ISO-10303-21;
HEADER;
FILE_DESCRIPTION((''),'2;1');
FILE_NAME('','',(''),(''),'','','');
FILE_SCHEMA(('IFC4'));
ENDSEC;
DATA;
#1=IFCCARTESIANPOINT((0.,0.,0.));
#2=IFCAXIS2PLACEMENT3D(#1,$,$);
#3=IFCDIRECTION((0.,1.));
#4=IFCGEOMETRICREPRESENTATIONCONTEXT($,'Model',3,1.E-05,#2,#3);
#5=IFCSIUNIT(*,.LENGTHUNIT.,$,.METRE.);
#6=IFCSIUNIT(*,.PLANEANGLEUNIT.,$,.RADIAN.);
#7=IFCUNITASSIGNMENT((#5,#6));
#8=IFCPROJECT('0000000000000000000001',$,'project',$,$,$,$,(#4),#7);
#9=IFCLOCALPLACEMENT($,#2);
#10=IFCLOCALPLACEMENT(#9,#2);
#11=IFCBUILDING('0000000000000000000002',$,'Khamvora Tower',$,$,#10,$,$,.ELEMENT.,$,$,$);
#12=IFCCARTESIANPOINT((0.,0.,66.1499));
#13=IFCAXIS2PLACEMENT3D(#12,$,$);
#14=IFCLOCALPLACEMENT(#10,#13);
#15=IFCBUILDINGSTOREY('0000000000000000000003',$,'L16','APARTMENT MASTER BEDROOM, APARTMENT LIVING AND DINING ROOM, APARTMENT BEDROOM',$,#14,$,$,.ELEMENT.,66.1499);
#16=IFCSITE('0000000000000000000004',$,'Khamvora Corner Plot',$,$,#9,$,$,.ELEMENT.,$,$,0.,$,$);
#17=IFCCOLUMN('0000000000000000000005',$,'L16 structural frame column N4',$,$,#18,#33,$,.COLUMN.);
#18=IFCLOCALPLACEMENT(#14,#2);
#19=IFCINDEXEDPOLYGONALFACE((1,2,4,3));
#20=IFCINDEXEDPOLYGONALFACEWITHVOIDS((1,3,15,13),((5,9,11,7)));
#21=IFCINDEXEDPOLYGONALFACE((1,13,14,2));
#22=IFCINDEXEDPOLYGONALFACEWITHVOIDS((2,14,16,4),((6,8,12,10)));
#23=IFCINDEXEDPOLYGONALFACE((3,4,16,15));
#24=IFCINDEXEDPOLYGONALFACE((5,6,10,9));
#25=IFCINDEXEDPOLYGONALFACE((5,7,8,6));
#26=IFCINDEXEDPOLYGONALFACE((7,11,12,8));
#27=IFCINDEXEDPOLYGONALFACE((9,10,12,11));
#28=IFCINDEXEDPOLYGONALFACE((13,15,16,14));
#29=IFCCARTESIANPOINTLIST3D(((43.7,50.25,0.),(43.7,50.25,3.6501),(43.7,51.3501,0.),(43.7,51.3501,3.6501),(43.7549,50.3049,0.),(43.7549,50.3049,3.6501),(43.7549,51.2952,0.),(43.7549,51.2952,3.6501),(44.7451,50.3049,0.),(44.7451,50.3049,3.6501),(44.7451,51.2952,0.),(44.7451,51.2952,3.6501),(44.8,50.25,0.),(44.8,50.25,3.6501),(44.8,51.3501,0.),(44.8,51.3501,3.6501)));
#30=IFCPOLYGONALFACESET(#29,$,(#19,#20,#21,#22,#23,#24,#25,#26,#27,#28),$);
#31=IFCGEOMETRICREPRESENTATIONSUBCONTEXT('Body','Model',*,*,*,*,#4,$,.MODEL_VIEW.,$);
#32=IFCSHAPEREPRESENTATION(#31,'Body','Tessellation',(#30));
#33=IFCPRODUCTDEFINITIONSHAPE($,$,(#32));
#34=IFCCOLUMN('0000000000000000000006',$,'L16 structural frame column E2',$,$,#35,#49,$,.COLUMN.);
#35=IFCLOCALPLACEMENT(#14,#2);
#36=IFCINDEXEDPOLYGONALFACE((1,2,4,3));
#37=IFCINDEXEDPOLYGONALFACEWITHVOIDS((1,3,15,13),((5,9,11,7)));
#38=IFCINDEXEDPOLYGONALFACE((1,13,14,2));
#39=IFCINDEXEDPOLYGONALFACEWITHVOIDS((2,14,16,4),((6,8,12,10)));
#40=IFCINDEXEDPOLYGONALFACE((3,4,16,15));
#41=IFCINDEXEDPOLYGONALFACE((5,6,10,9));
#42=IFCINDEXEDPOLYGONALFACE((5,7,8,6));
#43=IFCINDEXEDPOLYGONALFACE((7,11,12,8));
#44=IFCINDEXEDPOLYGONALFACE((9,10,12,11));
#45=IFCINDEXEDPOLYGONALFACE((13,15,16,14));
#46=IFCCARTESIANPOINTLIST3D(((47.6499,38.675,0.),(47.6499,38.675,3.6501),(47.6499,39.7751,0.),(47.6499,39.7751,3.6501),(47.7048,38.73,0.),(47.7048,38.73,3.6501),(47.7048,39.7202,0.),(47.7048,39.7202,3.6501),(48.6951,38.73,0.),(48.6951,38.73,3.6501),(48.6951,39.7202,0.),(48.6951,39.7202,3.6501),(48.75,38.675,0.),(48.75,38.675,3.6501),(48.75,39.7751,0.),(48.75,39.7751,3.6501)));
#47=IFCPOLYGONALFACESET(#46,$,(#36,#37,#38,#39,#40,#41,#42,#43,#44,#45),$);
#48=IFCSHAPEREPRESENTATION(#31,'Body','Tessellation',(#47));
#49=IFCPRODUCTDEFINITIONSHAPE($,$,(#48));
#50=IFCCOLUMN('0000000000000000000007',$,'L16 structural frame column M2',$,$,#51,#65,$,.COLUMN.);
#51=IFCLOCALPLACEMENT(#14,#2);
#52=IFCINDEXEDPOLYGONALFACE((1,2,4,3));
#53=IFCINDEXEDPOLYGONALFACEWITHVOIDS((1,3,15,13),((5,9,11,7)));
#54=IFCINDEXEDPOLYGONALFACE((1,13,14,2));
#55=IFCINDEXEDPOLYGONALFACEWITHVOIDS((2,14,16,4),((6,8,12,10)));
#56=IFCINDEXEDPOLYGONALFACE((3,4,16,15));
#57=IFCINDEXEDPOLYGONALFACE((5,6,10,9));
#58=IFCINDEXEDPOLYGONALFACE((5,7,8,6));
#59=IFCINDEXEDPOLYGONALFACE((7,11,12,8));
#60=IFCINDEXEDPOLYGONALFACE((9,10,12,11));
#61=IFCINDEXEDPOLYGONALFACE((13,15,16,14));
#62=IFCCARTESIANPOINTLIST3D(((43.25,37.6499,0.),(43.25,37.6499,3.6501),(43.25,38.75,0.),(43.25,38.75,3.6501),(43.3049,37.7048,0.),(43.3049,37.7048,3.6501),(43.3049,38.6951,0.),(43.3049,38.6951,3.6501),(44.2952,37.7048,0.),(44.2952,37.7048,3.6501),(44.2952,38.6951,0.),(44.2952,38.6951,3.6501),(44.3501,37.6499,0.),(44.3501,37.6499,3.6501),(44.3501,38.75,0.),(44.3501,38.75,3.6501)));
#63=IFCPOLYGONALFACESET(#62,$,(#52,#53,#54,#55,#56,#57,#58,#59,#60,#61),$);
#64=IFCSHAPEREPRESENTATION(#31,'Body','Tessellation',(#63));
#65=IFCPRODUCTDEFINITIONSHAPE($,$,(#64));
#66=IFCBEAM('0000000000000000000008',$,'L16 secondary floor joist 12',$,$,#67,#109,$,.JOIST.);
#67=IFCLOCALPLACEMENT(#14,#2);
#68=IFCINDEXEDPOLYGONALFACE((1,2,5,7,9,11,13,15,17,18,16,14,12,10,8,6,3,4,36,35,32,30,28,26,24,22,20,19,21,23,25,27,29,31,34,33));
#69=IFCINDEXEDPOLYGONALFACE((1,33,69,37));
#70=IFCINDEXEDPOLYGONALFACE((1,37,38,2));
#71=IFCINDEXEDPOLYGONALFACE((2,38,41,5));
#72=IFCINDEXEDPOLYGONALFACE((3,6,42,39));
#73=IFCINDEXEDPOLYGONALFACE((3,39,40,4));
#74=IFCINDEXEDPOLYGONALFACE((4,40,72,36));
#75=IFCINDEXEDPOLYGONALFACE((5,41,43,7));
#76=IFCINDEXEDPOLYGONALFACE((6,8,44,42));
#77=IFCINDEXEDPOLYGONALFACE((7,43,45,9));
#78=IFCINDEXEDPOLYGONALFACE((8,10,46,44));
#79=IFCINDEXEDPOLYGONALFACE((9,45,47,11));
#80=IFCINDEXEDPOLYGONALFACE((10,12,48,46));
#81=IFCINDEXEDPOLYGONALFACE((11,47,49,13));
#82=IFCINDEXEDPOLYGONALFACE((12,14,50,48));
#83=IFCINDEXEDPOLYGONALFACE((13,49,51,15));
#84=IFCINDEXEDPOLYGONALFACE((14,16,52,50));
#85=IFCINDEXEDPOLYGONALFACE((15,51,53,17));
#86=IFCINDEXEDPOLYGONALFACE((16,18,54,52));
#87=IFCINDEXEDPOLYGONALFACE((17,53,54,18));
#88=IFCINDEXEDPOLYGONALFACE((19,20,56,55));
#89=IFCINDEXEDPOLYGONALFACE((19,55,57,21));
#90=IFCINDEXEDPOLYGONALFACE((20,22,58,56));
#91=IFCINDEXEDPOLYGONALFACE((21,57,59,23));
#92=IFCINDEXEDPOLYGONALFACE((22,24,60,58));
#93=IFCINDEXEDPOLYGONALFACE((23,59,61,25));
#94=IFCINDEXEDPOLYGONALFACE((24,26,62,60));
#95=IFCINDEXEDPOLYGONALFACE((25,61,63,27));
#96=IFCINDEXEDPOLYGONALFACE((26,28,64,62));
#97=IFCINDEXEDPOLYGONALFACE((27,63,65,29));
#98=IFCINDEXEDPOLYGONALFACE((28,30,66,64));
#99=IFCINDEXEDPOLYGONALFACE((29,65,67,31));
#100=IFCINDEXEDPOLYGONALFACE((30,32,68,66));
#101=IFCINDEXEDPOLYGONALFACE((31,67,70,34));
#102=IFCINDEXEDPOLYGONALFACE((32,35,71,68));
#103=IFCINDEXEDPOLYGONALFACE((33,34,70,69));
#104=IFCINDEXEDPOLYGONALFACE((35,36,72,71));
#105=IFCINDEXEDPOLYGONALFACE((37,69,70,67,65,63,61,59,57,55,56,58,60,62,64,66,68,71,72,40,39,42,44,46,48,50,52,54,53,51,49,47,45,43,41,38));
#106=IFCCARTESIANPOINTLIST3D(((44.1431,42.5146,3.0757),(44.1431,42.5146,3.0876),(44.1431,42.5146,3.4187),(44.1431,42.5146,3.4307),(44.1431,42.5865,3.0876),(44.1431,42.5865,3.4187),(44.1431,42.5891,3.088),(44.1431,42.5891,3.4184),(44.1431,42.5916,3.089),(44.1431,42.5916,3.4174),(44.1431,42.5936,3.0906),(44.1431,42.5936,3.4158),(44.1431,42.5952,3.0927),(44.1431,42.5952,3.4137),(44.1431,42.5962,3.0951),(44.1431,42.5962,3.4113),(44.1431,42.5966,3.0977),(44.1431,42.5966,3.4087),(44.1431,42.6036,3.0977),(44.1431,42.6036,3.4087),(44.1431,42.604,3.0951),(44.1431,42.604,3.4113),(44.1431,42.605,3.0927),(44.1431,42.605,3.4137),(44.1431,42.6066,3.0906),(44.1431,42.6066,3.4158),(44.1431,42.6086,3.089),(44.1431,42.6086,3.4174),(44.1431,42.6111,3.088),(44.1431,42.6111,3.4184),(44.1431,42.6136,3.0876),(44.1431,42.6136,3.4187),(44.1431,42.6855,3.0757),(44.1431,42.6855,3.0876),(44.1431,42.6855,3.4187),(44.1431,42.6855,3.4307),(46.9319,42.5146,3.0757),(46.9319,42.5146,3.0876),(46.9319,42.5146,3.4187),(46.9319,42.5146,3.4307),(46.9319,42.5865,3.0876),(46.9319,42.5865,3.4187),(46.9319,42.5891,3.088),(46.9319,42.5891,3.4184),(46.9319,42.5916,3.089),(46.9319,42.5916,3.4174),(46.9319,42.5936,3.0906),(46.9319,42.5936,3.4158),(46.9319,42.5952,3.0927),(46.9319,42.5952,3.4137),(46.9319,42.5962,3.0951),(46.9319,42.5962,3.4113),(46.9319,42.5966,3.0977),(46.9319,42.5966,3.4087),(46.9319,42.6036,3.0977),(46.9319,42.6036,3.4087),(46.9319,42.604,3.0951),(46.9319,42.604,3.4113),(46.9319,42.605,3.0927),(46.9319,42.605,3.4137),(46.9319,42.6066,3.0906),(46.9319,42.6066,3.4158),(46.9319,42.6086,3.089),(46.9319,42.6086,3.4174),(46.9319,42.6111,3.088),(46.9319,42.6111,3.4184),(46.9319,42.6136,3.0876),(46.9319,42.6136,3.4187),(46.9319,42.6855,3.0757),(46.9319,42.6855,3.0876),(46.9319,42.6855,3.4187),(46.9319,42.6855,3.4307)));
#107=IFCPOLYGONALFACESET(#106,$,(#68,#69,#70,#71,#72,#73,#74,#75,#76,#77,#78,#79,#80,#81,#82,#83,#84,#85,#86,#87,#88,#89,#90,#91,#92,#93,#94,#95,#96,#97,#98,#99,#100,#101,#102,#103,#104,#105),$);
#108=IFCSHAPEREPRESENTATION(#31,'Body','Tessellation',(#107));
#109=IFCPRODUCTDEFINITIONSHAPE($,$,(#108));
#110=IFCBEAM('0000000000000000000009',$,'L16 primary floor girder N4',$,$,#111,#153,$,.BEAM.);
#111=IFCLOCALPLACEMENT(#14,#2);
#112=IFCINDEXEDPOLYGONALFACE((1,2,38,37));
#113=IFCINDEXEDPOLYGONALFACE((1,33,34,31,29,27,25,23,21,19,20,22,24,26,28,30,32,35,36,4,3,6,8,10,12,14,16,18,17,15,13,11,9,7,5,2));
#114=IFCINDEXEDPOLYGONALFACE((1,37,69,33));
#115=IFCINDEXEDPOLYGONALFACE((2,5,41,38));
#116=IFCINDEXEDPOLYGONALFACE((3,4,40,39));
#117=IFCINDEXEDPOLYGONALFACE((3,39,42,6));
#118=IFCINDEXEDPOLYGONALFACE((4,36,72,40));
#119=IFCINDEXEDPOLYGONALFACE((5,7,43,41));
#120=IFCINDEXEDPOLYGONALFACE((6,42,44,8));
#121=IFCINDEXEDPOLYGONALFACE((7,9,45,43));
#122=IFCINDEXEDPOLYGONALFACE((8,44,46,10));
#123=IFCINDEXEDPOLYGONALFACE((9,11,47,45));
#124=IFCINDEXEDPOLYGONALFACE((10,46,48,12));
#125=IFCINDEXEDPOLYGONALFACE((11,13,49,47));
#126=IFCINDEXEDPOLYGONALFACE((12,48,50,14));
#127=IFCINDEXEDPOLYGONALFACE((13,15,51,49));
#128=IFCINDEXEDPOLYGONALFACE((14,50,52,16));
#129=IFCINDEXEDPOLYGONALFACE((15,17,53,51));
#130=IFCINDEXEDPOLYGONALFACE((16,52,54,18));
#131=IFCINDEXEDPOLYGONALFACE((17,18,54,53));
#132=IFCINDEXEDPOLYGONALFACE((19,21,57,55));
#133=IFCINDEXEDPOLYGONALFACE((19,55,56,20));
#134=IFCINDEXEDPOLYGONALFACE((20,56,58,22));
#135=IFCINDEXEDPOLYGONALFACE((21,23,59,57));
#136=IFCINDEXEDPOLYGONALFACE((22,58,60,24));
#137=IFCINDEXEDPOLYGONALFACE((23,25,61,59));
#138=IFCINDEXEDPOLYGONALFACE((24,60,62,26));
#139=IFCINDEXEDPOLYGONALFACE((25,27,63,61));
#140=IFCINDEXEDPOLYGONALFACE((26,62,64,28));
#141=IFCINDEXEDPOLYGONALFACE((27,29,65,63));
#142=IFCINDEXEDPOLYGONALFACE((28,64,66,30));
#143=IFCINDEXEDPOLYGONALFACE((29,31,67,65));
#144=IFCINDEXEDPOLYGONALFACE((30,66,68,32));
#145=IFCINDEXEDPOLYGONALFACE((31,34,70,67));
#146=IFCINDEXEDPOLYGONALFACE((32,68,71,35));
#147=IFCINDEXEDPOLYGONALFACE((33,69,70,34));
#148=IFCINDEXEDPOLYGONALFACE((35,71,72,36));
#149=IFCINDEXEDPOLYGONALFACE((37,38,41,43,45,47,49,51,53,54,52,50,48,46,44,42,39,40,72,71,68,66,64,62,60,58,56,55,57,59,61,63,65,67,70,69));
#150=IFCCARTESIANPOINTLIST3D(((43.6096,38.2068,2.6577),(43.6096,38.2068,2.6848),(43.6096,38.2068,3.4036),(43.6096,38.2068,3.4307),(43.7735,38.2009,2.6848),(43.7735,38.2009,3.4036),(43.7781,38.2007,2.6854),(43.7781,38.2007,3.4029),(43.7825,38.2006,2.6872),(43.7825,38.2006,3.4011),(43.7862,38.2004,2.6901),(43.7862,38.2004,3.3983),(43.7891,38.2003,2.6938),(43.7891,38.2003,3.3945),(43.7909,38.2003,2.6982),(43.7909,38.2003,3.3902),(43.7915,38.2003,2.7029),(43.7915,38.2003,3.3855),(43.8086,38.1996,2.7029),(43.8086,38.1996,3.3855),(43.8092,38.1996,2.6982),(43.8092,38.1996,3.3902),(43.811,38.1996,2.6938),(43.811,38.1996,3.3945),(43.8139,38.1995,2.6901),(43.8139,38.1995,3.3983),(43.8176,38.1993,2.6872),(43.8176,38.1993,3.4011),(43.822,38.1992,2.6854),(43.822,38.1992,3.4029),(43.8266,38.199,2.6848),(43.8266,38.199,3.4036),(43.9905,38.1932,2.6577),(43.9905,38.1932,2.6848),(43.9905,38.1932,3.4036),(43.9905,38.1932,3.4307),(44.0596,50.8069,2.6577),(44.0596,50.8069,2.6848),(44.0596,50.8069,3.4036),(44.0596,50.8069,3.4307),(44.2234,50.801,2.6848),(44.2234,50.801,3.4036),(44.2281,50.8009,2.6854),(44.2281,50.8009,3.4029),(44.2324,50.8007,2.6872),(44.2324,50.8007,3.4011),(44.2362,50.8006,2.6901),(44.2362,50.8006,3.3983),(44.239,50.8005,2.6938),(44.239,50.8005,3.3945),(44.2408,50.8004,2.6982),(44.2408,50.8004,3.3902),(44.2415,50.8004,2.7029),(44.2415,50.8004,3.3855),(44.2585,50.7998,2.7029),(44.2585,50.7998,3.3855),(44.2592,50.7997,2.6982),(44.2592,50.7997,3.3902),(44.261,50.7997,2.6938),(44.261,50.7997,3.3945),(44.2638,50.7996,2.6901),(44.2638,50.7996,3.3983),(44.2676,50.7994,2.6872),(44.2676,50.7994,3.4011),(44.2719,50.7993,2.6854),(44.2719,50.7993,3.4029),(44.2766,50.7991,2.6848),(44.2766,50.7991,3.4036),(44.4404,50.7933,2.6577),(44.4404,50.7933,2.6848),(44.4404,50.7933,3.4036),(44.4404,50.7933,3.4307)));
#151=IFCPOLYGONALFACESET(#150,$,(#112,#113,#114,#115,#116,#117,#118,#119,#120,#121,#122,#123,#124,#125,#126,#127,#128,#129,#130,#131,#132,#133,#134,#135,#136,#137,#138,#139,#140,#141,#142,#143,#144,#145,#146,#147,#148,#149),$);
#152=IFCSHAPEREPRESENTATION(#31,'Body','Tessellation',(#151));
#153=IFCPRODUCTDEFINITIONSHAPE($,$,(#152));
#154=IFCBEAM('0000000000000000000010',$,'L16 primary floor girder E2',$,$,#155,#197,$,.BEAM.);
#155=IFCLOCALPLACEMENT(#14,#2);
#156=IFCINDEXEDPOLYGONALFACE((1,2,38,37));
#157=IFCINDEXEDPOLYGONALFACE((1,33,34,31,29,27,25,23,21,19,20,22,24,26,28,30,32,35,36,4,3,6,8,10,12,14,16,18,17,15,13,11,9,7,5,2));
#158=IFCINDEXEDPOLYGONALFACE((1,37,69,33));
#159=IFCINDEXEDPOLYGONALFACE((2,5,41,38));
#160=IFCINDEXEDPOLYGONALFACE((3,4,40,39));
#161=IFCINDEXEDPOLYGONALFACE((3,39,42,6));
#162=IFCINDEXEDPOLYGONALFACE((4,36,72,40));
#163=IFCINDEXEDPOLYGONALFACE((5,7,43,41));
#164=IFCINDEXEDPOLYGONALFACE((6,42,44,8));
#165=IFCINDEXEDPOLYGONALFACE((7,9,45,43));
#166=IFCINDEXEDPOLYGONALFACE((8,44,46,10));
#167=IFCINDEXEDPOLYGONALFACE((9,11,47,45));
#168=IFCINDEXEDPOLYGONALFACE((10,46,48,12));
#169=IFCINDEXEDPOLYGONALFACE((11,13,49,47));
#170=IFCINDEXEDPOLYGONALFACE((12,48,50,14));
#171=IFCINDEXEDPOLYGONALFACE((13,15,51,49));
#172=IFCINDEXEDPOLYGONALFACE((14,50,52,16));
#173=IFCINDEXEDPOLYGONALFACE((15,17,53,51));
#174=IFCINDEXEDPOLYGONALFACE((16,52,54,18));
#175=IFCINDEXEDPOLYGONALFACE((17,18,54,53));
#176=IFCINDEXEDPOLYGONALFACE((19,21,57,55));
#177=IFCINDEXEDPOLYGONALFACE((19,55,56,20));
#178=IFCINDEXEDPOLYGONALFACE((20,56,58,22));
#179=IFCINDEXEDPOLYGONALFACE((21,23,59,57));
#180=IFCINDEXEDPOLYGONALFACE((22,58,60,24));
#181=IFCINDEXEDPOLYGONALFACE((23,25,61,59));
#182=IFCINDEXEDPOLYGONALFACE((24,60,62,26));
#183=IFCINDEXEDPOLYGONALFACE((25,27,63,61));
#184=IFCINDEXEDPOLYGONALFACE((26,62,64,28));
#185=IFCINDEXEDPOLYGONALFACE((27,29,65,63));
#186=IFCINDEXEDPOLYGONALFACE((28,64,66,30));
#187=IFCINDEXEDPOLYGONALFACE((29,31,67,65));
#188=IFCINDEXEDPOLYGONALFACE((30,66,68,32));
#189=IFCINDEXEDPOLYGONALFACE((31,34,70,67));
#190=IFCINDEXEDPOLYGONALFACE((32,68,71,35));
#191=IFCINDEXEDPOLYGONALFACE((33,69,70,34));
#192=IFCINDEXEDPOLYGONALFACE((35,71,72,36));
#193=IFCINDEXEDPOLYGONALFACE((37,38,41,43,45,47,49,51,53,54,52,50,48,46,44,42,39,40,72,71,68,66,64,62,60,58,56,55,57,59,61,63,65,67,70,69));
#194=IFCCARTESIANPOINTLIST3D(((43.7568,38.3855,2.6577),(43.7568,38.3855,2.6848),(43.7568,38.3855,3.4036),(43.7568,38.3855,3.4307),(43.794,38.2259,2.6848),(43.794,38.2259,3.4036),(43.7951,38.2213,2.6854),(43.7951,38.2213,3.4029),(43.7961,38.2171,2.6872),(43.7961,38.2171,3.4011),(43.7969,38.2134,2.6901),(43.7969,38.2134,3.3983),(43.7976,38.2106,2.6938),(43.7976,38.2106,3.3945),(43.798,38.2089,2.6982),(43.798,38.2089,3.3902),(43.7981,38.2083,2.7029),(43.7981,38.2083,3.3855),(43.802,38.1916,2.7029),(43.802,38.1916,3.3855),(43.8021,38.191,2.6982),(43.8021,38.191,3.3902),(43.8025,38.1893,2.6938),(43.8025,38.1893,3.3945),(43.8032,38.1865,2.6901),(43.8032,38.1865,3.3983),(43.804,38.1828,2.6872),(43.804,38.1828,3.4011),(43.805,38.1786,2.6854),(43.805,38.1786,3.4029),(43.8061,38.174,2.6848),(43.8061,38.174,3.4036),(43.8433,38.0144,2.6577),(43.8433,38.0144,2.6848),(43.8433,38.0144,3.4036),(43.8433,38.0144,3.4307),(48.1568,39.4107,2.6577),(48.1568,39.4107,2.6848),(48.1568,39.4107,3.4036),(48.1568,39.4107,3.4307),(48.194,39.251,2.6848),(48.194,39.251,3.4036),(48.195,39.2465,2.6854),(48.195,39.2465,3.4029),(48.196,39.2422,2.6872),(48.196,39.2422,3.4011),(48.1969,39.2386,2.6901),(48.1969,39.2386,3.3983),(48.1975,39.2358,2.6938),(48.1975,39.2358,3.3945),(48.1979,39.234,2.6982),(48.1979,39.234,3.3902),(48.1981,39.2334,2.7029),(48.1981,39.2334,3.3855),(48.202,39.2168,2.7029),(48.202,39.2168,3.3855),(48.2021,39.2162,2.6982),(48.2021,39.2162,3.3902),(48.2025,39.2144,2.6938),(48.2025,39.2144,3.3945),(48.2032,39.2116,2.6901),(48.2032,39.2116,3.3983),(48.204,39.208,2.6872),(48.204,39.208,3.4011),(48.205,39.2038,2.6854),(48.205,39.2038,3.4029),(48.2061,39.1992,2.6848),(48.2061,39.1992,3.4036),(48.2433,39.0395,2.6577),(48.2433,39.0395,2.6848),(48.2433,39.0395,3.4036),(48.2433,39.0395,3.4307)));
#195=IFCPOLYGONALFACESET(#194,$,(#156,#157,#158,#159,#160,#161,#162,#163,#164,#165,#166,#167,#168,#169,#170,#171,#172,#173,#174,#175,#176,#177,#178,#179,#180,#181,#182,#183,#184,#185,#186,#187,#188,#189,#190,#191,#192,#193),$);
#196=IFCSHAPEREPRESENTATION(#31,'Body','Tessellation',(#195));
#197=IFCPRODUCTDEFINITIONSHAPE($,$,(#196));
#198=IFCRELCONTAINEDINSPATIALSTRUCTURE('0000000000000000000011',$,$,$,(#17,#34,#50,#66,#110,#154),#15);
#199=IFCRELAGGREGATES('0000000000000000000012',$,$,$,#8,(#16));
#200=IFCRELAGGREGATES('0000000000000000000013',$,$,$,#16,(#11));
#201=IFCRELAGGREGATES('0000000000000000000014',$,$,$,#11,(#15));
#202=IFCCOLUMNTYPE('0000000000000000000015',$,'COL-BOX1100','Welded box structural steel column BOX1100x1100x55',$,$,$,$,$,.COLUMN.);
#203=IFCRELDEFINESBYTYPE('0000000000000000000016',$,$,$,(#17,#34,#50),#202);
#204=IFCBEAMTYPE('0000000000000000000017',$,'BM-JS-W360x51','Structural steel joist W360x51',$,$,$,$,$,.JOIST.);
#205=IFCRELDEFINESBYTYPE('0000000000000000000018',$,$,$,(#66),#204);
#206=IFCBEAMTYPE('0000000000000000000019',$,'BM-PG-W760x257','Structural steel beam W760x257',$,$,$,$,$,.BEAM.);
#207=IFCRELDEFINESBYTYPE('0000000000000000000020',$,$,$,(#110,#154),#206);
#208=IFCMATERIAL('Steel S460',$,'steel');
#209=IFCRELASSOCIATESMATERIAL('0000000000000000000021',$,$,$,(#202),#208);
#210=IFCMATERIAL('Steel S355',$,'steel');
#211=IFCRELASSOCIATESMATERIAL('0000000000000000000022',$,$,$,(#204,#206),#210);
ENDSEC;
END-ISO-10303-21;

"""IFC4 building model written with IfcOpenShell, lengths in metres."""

from ifc_helpers import new_model, si_unit, direction, frame, origin, origin_2d, place, context, subcontext, project, spatial, hollow_rectangle, i_section, extrude, material, material_profile, profile_set, type_object, element, save


model = new_model("IFC4")

# Units and contexts
model_context = context("Model", 3, precision=1e-05, world=origin(), true_north=direction((0.0, 1.0)))
body_context = subcontext(model_context, "Body", "Model", "MODEL_VIEW")
ifc_project = project(units=[si_unit("LENGTHUNIT", "METRE"), si_unit("PLANEANGLEUNIT", "RADIAN")], contexts=[model_context])

# Site, building, storey
site_placement = place(None, origin())
site = spatial("IfcSite", under=ifc_project, at=site_placement, Name="Khamvora Corner Plot", CompositionType="ELEMENT", RefElevation=0.0)
building_placement = place(site_placement, origin())
building = spatial("IfcBuilding", under=site, at=building_placement, Name="Khamvora Tower", CompositionType="ELEMENT")
storey_placement = place(building_placement, frame((0.0, 0.0, 66.1499)))
storey = spatial("IfcBuildingStorey", under=building, at=storey_placement, Name="L16", Description="APARTMENT MASTER BEDROOM, APARTMENT LIVING AND DINING ROOM, APARTMENT BEDROOM", CompositionType="ELEMENT", Elevation=66.1499)

# Columns
ifc_material_1 = material(Name="Steel S460", Category="steel")
ifc_material_profile_1 = material_profile(ifc_material_1, hollow_rectangle(XDim=1.1001, YDim=1.1001, WallThickness=0.0549, at=origin_2d()), Name="BOX1100x1100x55")
ifc_profile_set_1 = profile_set([ifc_material_profile_1], Name="Steel S460")
column_type = type_object("IfcColumnType", Name="COL-BOX1100", Description="Welded box structural steel column BOX1100x1100x55", PredefinedType="COLUMN", material=ifc_profile_set_1)
for number, where, z_axis, x_axis, name in (
    (1, (44.25, 50.8, 0.0), (0.0, 0.0, 1.0), (1.0, 0.0, 0.0), "L16 structural frame column N4"),
    (2, (48.2, 39.2251, 0.0), (0.0, 0.0, 1.0), (1.0, 0.0, 0.0), "L16 structural frame column E2"),
    (3, (43.8, 38.2, 0.0), (0.0, 0.0, 1.0), (1.0, 0.0, 0.0), "L16 structural frame column M2"),
):
    element("IfcColumn", number, at=place(storey_placement, frame(where, z_axis=z_axis, x_axis=x_axis)), inside=storey, type_object=column_type, Name=name, PredefinedType="COLUMN", context=body_context, shape_type="SweptSolid", body=[
        extrude(hollow_rectangle(XDim=1.1001, YDim=1.1001, WallThickness=0.0549, at=origin_2d()), origin(), (0.0, 0.0, 1.0), 3.6501),
    ])

# Beams
ifc_material_2 = material(Name="Steel S355", Category="steel")
ifc_material_profile_2 = material_profile(ifc_material_2, i_section(OverallWidth=0.1709, OverallDepth=0.355, WebThickness=0.0071, FlangeThickness=0.012, FilletRadius=0.01, at=origin_2d()), Name="W360x51")
ifc_profile_set_2 = profile_set([ifc_material_profile_2], Name="Steel S355")
beam_type_1 = type_object("IfcBeamType", Name="BM-JS-W360x51", Description="Structural steel joist W360x51", PredefinedType="JOIST", material=ifc_profile_set_2)
beam_1_placement = place(storey_placement, frame((44.1431, 42.6001, 3.2532), z_axis=(1.0, 0.0, 0.0), x_axis=(0.0, 1.0, 0.0)))
element("IfcBeam", 4, at=beam_1_placement, inside=storey, type_object=beam_type_1, Name="L16 secondary floor joist 12", PredefinedType="JOIST", context=body_context, shape_type="SweptSolid", body=[
    extrude(i_section(OverallWidth=0.1709, OverallDepth=0.355, WebThickness=0.0071, FlangeThickness=0.012, FilletRadius=0.01, at=origin_2d()), origin(), (0.0, 0.0, 1.0), 2.7888),
])
ifc_material_profile_3 = material_profile(ifc_material_2, i_section(OverallWidth=0.3811, OverallDepth=0.7729, WebThickness=0.0171, FlangeThickness=0.0271, FilletRadius=0.0181, at=origin_2d()), Name="W760x257")
ifc_profile_set_3 = profile_set([ifc_material_profile_3], Name="Steel S355")
beam_type_2 = type_object("IfcBeamType", Name="BM-PG-W760x257", Description="Structural steel beam W760x257", PredefinedType="BEAM", material=ifc_profile_set_3)
beam_2_placement = place(storey_placement, frame((43.8, 38.2, 3.0442), z_axis=(0.035687, 0.999363, 0.0), x_axis=(-0.999363, 0.035687, 0.0)))
element("IfcBeam", 5, at=beam_2_placement, inside=storey, type_object=beam_type_2, Name="L16 primary floor girder N4", PredefinedType="BEAM", context=body_context, shape_type="SweptSolid", body=[
    extrude(i_section(OverallWidth=0.3811, OverallDepth=0.7729, WebThickness=0.0171, FlangeThickness=0.0271, FilletRadius=0.0181, at=origin_2d()), origin(), (0.0, 0.0, 1.0), 12.6082),
])
beam_3_placement = place(storey_placement, frame((43.8, 38.2, 3.0442), z_axis=(0.973915, 0.226915, 0.0), x_axis=(-0.226915, 0.973915, 0.0)))
element("IfcBeam", 6, at=beam_3_placement, inside=storey, type_object=beam_type_2, Name="L16 primary floor girder E2", PredefinedType="BEAM", context=body_context, shape_type="SweptSolid", body=[
    extrude(i_section(OverallWidth=0.3811, OverallDepth=0.7729, WebThickness=0.0171, FlangeThickness=0.0271, FilletRadius=0.0181, at=origin_2d()), origin(), (0.0, 0.0, 1.0), 4.5178),
])

save(model, "model.ifc")
